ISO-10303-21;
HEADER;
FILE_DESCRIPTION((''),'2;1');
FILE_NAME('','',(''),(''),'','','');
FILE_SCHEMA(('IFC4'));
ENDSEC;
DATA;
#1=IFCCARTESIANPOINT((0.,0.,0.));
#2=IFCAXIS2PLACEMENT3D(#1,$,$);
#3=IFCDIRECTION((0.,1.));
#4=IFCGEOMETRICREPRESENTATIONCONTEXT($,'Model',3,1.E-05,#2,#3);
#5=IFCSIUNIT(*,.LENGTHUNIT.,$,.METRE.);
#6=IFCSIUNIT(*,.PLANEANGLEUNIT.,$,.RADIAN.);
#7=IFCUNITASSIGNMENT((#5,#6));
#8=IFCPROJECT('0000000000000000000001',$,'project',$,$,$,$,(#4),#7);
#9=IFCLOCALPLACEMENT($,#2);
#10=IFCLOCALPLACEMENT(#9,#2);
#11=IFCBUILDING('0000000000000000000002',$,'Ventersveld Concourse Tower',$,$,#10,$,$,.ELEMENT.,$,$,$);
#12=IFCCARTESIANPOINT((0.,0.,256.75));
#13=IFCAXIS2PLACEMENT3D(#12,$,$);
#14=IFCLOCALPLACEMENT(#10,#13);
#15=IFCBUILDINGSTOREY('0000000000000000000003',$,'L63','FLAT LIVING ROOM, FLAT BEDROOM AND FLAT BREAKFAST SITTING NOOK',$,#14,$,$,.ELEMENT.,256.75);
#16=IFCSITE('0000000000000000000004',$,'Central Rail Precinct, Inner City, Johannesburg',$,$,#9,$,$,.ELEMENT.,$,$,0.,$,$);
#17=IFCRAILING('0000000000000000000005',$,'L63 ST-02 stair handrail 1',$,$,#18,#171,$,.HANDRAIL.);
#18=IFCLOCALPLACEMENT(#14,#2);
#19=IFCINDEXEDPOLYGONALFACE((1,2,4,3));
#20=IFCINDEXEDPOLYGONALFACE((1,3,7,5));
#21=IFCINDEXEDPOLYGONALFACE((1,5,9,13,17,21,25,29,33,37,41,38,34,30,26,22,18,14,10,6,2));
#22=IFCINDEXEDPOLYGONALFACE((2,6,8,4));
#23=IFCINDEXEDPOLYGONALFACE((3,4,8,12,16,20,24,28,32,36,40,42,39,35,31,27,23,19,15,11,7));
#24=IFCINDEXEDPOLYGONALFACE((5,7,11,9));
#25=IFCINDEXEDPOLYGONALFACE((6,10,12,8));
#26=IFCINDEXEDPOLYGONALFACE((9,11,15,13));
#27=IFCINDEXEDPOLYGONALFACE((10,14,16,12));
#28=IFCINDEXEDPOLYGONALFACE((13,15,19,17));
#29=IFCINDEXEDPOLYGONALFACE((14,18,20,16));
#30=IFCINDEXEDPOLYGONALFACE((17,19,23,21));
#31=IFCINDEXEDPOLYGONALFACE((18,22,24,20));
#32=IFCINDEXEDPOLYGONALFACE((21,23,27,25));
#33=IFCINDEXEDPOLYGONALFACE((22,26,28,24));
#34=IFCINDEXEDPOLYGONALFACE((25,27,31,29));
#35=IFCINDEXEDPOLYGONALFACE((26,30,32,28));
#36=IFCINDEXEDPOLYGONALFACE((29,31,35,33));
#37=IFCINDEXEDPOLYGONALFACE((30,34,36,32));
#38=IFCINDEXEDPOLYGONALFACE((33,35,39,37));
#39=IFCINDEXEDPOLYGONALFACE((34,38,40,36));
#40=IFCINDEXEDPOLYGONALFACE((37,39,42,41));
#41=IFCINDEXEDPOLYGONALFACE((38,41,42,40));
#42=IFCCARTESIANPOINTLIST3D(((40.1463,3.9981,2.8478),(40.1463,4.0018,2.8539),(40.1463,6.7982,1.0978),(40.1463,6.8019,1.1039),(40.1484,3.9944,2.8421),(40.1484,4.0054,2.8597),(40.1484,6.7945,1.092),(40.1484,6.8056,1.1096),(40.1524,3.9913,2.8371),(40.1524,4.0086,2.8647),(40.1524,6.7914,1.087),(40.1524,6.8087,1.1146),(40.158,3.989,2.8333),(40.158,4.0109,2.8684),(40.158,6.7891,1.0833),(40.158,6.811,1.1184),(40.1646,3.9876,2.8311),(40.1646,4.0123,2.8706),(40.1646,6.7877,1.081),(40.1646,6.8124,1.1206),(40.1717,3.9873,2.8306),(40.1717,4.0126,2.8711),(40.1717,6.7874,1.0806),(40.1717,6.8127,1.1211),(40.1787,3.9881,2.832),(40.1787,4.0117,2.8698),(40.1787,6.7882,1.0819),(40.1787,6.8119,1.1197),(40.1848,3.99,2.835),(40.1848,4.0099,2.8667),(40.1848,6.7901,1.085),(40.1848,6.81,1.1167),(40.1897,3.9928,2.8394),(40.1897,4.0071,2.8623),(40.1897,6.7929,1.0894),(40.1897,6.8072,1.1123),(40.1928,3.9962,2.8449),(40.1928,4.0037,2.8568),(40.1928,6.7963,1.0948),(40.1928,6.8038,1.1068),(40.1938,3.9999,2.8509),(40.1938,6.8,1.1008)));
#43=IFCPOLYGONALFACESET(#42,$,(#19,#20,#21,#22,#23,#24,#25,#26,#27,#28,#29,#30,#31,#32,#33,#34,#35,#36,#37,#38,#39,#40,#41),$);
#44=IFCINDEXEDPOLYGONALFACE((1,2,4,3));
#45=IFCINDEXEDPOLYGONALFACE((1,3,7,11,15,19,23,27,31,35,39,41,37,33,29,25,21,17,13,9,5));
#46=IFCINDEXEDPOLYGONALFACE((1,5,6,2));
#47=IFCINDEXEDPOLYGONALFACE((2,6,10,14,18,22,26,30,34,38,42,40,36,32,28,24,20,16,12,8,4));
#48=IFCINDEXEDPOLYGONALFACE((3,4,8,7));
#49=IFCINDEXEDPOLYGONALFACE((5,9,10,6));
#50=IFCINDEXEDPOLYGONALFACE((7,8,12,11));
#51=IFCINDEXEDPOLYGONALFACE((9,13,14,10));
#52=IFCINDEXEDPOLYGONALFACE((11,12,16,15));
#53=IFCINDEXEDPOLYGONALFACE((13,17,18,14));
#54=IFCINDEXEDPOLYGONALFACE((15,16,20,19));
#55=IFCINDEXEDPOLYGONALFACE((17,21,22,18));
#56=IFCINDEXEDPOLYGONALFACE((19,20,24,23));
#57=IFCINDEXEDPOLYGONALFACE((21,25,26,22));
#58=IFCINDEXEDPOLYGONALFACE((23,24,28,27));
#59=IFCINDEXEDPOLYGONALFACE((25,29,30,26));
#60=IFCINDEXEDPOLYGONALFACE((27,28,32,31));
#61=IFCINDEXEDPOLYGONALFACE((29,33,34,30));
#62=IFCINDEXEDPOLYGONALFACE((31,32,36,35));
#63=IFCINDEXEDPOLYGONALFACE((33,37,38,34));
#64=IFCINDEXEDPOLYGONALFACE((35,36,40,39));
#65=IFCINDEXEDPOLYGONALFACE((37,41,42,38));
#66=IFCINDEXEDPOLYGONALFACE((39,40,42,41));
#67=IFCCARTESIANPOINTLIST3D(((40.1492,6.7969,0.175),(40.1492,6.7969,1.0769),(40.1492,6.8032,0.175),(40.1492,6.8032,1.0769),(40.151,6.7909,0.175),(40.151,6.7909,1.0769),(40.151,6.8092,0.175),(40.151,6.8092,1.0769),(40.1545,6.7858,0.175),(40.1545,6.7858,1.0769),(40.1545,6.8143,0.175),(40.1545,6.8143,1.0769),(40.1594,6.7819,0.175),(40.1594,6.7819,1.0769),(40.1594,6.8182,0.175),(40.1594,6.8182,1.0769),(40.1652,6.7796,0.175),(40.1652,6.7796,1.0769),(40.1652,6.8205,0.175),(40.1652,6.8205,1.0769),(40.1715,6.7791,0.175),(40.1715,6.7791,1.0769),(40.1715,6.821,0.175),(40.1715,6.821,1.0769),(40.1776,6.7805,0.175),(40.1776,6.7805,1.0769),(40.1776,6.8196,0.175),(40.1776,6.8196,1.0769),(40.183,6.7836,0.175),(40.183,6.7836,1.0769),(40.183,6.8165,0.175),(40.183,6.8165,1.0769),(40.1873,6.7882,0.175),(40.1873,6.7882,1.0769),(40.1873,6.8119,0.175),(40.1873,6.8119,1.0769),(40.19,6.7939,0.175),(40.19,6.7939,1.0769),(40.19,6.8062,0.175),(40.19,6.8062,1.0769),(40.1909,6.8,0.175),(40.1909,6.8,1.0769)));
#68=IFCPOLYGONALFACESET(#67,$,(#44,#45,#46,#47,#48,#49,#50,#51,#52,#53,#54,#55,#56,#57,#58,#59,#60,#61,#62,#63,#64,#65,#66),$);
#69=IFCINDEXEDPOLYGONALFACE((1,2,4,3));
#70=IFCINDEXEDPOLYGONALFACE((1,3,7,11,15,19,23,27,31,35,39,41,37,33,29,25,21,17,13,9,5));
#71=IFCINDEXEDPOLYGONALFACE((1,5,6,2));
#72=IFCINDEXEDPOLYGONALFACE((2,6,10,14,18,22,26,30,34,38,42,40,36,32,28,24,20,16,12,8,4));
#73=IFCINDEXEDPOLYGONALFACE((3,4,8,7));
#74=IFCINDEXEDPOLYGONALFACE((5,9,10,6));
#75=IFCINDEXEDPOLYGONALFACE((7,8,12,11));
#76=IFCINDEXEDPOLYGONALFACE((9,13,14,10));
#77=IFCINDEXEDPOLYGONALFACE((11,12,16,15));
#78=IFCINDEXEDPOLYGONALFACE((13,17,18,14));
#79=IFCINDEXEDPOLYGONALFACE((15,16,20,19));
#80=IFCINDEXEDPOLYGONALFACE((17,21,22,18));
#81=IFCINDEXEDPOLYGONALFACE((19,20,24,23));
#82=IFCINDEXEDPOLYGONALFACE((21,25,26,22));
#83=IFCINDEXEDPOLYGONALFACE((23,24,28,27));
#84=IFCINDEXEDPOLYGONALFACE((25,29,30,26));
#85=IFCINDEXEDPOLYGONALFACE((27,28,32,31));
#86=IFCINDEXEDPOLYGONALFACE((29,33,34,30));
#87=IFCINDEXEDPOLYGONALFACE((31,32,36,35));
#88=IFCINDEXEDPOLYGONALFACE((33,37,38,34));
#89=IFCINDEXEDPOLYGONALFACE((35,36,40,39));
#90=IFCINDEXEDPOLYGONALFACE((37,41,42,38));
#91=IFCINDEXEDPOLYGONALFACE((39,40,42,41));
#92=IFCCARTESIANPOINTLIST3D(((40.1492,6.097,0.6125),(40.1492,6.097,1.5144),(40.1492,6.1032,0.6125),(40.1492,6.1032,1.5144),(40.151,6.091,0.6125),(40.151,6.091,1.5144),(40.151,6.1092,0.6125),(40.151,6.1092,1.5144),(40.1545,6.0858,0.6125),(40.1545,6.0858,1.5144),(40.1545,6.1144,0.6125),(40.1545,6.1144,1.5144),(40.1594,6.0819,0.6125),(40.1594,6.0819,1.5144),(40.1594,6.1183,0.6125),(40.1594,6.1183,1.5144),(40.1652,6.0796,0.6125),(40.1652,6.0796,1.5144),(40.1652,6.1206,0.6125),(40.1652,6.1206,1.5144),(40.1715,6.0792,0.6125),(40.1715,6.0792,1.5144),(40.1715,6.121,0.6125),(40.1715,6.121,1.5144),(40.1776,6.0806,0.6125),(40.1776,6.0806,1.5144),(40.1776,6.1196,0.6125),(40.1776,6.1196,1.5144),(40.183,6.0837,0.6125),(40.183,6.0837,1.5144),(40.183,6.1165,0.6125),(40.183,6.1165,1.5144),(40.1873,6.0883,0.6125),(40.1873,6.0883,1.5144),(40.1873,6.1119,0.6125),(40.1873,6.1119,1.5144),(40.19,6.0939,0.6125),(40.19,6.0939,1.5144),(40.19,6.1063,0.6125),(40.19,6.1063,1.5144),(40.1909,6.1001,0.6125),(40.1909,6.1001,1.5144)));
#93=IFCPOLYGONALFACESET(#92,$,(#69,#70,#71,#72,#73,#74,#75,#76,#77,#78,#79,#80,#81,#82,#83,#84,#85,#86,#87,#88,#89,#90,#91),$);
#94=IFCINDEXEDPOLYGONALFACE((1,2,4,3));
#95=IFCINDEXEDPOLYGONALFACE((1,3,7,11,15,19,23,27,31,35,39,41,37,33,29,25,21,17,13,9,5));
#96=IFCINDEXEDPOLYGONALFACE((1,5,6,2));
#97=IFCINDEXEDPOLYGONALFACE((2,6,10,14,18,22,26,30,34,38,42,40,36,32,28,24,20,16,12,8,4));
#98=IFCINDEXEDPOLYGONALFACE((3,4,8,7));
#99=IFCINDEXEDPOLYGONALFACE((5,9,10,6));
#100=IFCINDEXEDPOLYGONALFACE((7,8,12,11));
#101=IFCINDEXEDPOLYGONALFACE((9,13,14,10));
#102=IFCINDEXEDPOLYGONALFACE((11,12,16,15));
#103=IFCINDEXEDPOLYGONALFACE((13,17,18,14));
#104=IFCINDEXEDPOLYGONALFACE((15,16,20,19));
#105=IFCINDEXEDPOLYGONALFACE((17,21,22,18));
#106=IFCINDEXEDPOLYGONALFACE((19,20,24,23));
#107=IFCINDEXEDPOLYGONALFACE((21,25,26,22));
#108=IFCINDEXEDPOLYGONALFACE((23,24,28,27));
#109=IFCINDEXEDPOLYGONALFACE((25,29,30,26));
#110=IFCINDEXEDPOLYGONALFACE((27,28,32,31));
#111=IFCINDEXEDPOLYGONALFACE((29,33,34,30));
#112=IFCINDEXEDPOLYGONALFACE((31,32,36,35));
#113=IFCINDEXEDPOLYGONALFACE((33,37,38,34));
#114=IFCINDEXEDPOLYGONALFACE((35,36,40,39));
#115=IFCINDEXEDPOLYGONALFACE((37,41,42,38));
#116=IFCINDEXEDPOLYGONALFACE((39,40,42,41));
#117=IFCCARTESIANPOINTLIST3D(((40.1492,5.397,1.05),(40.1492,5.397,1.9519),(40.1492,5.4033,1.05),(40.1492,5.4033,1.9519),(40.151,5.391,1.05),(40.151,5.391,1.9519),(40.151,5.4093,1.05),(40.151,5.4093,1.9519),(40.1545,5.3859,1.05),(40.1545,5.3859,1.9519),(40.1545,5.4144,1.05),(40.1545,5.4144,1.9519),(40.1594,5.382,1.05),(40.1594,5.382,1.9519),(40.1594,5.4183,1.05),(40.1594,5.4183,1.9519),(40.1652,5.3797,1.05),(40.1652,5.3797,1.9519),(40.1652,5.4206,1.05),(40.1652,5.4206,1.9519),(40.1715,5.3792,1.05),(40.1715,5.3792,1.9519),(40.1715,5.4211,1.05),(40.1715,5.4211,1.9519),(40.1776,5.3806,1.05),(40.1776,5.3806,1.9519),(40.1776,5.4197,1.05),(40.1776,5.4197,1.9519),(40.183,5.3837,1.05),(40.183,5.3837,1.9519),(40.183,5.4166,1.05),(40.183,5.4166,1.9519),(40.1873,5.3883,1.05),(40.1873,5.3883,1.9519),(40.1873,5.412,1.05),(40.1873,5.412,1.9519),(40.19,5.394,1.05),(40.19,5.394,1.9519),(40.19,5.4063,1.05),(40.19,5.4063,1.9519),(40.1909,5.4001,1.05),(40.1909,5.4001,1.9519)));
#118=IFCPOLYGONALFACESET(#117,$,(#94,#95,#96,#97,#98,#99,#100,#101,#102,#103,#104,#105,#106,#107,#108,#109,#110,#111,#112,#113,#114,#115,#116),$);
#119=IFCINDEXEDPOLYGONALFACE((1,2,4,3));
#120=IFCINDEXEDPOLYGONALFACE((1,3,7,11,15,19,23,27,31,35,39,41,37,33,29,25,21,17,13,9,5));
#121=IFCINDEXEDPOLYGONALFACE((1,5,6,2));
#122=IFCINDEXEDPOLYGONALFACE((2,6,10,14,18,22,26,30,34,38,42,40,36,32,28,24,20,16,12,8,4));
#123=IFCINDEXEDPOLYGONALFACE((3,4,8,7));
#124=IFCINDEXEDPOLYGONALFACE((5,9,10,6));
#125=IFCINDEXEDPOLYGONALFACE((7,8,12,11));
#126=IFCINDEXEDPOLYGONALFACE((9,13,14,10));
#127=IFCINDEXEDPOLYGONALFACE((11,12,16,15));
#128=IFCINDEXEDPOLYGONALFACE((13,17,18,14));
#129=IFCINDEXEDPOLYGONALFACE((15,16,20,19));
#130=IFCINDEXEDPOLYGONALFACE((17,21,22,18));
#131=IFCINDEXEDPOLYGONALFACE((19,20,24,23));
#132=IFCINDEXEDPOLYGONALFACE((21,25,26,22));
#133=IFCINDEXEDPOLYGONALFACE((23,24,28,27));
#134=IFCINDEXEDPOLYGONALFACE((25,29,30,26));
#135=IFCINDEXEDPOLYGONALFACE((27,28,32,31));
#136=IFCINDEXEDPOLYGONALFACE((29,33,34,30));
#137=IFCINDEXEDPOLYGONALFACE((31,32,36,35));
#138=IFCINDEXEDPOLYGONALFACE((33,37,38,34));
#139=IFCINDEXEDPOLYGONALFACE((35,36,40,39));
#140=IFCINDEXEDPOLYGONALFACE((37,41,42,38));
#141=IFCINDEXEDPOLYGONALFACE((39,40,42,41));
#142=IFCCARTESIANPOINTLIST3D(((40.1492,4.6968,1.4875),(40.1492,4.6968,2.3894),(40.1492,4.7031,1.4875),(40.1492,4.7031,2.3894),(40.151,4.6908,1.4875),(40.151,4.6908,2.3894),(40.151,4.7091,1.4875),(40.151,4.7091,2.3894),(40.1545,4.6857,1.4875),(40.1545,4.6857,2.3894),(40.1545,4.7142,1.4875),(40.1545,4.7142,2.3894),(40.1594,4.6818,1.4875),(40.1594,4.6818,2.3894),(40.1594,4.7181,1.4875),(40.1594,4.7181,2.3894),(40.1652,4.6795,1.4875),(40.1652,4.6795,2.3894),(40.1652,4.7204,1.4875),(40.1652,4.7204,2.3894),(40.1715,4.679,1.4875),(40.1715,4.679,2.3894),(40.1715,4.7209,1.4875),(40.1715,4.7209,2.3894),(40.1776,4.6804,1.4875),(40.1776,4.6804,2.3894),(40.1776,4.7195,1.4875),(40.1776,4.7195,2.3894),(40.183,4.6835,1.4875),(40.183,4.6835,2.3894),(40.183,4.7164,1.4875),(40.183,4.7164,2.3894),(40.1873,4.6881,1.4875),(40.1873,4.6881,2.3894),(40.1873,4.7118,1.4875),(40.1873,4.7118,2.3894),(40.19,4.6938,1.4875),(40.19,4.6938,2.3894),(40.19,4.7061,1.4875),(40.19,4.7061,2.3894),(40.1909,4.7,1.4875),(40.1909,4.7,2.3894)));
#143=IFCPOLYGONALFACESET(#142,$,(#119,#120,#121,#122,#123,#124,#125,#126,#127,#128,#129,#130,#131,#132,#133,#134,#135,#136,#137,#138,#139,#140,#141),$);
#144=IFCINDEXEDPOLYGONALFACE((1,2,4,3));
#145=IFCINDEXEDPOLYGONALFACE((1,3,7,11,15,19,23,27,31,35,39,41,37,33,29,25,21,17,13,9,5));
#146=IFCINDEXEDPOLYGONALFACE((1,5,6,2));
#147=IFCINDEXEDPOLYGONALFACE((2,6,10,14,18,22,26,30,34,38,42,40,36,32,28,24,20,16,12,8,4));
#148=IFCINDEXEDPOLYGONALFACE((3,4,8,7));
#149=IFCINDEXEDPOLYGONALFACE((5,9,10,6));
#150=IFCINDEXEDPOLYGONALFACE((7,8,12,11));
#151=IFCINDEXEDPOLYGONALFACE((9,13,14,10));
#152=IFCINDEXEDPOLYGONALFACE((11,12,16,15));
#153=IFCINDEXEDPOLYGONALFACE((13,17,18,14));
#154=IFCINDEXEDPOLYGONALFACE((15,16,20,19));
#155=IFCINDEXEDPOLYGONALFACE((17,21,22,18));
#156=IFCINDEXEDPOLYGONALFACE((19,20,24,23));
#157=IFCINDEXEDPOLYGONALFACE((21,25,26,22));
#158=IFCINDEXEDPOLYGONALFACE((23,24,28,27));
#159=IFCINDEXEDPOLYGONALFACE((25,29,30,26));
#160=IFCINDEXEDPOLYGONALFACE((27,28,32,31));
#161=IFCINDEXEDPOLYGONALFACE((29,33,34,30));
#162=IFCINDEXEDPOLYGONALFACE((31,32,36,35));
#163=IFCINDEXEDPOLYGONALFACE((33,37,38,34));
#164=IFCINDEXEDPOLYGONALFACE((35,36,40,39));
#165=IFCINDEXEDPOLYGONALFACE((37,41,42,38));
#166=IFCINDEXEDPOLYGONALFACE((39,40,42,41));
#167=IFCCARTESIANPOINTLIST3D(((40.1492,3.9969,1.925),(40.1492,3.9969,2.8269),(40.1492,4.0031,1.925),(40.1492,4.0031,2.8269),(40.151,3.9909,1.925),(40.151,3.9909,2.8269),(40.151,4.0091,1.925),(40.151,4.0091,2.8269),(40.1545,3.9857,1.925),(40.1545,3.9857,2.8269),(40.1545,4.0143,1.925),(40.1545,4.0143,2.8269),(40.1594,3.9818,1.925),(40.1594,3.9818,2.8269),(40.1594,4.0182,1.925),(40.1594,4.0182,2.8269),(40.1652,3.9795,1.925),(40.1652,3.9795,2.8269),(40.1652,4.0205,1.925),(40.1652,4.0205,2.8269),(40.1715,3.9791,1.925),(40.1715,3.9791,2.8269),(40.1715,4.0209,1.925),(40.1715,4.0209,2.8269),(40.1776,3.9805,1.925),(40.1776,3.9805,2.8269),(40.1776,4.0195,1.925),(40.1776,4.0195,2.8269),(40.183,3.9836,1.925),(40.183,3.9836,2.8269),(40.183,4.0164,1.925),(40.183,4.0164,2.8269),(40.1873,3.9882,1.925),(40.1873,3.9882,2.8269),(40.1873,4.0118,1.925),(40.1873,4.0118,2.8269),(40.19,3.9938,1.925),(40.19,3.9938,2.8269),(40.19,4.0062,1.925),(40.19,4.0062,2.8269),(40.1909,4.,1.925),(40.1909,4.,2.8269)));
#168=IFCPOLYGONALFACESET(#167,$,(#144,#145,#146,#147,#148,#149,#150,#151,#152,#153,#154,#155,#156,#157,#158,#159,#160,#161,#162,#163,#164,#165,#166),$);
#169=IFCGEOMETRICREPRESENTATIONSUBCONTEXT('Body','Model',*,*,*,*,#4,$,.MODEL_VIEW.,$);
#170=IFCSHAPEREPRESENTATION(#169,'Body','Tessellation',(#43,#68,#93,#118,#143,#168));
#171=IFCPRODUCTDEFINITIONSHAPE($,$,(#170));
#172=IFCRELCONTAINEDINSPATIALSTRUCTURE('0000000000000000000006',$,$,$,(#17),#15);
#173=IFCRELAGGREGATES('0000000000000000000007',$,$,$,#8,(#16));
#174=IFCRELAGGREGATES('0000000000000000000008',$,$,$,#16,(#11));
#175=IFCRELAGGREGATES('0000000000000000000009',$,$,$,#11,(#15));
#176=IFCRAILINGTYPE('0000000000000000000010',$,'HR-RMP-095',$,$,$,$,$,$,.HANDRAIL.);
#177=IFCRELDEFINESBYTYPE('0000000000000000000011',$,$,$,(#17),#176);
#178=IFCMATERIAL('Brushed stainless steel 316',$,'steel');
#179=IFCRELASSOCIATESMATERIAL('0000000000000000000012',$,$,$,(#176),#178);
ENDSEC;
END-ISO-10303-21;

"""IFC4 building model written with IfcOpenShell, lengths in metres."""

from ifc_helpers import new_model, si_unit, direction, frame, origin, origin_2d, place, context, subcontext, project, spatial, circle, extrude, material, type_object, element, save


model = new_model("IFC4")

# Units and contexts
model_context = context("Model", 3, precision=1e-05, world=origin(), true_north=direction((0.0, 1.0)))
body_context = subcontext(model_context, "Body", "Model", "MODEL_VIEW")
ifc_project = project(units=[si_unit("LENGTHUNIT", "METRE"), si_unit("PLANEANGLEUNIT", "RADIAN")], contexts=[model_context])

# Site, building, storey
site_placement = place(None, origin())
site = spatial("IfcSite", under=ifc_project, at=site_placement, Name="Central Rail Precinct, Inner City, Johannesburg", CompositionType="ELEMENT", RefElevation=0.0)
building_placement = place(site_placement, origin())
building = spatial("IfcBuilding", under=site, at=building_placement, Name="Ventersveld Concourse Tower", CompositionType="ELEMENT")
storey_placement = place(building_placement, frame((0.0, 0.0, 256.75)))
storey = spatial("IfcBuildingStorey", under=building, at=storey_placement, Name="L63", Description="FLAT LIVING ROOM, FLAT BEDROOM AND FLAT BREAKFAST SITTING NOOK", CompositionType="ELEMENT", Elevation=256.75)

# Shared definitions
ifc_material_1 = material(Name="Brushed stainless steel 316", Category="steel")

# Railing
railing_type_1 = type_object("IfcRailingType", Name="HR-RMP-095", PredefinedType="HANDRAIL", material=ifc_material_1)
railing_1_placement = place(storey_placement, frame((40.1699, 6.8, 0.175)))
element("IfcRailing", 1, at=railing_1_placement, inside=storey, type_object=railing_type_1, Name="L63 ST-02 stair handrail 1", PredefinedType="HANDRAIL", context=body_context, shape_type="SweptSolid", body=[
    extrude(circle(Radius=0.0239, at=origin_2d()), frame((0.0, 0.0, 0.9258), z_axis=(0.0, -0.848002, 0.529992), x_axis=(1.0, 0.0, 0.0)), (0.0, 0.0, 1.0), 3.302),
    extrude(circle(Radius=0.021, at=origin_2d()), origin(), (0.0, 0.0, 1.0), 0.9019),
    extrude(circle(Radius=0.021, at=origin_2d()), frame((0.0, -0.7, 0.4375)), (0.0, 0.0, 1.0), 0.9019),
    extrude(circle(Radius=0.021, at=origin_2d()), frame((0.0, -1.3999, 0.875)), (0.0, 0.0, 1.0), 0.9019),
    extrude(circle(Radius=0.021, at=origin_2d()), frame((0.0, -2.1001, 1.3125)), (0.0, 0.0, 1.0), 0.9019),
    extrude(circle(Radius=0.021, at=origin_2d()), frame((0.0, -2.8, 1.75)), (0.0, 0.0, 1.0), 0.9019),
])

save(model, "model.ifc")
